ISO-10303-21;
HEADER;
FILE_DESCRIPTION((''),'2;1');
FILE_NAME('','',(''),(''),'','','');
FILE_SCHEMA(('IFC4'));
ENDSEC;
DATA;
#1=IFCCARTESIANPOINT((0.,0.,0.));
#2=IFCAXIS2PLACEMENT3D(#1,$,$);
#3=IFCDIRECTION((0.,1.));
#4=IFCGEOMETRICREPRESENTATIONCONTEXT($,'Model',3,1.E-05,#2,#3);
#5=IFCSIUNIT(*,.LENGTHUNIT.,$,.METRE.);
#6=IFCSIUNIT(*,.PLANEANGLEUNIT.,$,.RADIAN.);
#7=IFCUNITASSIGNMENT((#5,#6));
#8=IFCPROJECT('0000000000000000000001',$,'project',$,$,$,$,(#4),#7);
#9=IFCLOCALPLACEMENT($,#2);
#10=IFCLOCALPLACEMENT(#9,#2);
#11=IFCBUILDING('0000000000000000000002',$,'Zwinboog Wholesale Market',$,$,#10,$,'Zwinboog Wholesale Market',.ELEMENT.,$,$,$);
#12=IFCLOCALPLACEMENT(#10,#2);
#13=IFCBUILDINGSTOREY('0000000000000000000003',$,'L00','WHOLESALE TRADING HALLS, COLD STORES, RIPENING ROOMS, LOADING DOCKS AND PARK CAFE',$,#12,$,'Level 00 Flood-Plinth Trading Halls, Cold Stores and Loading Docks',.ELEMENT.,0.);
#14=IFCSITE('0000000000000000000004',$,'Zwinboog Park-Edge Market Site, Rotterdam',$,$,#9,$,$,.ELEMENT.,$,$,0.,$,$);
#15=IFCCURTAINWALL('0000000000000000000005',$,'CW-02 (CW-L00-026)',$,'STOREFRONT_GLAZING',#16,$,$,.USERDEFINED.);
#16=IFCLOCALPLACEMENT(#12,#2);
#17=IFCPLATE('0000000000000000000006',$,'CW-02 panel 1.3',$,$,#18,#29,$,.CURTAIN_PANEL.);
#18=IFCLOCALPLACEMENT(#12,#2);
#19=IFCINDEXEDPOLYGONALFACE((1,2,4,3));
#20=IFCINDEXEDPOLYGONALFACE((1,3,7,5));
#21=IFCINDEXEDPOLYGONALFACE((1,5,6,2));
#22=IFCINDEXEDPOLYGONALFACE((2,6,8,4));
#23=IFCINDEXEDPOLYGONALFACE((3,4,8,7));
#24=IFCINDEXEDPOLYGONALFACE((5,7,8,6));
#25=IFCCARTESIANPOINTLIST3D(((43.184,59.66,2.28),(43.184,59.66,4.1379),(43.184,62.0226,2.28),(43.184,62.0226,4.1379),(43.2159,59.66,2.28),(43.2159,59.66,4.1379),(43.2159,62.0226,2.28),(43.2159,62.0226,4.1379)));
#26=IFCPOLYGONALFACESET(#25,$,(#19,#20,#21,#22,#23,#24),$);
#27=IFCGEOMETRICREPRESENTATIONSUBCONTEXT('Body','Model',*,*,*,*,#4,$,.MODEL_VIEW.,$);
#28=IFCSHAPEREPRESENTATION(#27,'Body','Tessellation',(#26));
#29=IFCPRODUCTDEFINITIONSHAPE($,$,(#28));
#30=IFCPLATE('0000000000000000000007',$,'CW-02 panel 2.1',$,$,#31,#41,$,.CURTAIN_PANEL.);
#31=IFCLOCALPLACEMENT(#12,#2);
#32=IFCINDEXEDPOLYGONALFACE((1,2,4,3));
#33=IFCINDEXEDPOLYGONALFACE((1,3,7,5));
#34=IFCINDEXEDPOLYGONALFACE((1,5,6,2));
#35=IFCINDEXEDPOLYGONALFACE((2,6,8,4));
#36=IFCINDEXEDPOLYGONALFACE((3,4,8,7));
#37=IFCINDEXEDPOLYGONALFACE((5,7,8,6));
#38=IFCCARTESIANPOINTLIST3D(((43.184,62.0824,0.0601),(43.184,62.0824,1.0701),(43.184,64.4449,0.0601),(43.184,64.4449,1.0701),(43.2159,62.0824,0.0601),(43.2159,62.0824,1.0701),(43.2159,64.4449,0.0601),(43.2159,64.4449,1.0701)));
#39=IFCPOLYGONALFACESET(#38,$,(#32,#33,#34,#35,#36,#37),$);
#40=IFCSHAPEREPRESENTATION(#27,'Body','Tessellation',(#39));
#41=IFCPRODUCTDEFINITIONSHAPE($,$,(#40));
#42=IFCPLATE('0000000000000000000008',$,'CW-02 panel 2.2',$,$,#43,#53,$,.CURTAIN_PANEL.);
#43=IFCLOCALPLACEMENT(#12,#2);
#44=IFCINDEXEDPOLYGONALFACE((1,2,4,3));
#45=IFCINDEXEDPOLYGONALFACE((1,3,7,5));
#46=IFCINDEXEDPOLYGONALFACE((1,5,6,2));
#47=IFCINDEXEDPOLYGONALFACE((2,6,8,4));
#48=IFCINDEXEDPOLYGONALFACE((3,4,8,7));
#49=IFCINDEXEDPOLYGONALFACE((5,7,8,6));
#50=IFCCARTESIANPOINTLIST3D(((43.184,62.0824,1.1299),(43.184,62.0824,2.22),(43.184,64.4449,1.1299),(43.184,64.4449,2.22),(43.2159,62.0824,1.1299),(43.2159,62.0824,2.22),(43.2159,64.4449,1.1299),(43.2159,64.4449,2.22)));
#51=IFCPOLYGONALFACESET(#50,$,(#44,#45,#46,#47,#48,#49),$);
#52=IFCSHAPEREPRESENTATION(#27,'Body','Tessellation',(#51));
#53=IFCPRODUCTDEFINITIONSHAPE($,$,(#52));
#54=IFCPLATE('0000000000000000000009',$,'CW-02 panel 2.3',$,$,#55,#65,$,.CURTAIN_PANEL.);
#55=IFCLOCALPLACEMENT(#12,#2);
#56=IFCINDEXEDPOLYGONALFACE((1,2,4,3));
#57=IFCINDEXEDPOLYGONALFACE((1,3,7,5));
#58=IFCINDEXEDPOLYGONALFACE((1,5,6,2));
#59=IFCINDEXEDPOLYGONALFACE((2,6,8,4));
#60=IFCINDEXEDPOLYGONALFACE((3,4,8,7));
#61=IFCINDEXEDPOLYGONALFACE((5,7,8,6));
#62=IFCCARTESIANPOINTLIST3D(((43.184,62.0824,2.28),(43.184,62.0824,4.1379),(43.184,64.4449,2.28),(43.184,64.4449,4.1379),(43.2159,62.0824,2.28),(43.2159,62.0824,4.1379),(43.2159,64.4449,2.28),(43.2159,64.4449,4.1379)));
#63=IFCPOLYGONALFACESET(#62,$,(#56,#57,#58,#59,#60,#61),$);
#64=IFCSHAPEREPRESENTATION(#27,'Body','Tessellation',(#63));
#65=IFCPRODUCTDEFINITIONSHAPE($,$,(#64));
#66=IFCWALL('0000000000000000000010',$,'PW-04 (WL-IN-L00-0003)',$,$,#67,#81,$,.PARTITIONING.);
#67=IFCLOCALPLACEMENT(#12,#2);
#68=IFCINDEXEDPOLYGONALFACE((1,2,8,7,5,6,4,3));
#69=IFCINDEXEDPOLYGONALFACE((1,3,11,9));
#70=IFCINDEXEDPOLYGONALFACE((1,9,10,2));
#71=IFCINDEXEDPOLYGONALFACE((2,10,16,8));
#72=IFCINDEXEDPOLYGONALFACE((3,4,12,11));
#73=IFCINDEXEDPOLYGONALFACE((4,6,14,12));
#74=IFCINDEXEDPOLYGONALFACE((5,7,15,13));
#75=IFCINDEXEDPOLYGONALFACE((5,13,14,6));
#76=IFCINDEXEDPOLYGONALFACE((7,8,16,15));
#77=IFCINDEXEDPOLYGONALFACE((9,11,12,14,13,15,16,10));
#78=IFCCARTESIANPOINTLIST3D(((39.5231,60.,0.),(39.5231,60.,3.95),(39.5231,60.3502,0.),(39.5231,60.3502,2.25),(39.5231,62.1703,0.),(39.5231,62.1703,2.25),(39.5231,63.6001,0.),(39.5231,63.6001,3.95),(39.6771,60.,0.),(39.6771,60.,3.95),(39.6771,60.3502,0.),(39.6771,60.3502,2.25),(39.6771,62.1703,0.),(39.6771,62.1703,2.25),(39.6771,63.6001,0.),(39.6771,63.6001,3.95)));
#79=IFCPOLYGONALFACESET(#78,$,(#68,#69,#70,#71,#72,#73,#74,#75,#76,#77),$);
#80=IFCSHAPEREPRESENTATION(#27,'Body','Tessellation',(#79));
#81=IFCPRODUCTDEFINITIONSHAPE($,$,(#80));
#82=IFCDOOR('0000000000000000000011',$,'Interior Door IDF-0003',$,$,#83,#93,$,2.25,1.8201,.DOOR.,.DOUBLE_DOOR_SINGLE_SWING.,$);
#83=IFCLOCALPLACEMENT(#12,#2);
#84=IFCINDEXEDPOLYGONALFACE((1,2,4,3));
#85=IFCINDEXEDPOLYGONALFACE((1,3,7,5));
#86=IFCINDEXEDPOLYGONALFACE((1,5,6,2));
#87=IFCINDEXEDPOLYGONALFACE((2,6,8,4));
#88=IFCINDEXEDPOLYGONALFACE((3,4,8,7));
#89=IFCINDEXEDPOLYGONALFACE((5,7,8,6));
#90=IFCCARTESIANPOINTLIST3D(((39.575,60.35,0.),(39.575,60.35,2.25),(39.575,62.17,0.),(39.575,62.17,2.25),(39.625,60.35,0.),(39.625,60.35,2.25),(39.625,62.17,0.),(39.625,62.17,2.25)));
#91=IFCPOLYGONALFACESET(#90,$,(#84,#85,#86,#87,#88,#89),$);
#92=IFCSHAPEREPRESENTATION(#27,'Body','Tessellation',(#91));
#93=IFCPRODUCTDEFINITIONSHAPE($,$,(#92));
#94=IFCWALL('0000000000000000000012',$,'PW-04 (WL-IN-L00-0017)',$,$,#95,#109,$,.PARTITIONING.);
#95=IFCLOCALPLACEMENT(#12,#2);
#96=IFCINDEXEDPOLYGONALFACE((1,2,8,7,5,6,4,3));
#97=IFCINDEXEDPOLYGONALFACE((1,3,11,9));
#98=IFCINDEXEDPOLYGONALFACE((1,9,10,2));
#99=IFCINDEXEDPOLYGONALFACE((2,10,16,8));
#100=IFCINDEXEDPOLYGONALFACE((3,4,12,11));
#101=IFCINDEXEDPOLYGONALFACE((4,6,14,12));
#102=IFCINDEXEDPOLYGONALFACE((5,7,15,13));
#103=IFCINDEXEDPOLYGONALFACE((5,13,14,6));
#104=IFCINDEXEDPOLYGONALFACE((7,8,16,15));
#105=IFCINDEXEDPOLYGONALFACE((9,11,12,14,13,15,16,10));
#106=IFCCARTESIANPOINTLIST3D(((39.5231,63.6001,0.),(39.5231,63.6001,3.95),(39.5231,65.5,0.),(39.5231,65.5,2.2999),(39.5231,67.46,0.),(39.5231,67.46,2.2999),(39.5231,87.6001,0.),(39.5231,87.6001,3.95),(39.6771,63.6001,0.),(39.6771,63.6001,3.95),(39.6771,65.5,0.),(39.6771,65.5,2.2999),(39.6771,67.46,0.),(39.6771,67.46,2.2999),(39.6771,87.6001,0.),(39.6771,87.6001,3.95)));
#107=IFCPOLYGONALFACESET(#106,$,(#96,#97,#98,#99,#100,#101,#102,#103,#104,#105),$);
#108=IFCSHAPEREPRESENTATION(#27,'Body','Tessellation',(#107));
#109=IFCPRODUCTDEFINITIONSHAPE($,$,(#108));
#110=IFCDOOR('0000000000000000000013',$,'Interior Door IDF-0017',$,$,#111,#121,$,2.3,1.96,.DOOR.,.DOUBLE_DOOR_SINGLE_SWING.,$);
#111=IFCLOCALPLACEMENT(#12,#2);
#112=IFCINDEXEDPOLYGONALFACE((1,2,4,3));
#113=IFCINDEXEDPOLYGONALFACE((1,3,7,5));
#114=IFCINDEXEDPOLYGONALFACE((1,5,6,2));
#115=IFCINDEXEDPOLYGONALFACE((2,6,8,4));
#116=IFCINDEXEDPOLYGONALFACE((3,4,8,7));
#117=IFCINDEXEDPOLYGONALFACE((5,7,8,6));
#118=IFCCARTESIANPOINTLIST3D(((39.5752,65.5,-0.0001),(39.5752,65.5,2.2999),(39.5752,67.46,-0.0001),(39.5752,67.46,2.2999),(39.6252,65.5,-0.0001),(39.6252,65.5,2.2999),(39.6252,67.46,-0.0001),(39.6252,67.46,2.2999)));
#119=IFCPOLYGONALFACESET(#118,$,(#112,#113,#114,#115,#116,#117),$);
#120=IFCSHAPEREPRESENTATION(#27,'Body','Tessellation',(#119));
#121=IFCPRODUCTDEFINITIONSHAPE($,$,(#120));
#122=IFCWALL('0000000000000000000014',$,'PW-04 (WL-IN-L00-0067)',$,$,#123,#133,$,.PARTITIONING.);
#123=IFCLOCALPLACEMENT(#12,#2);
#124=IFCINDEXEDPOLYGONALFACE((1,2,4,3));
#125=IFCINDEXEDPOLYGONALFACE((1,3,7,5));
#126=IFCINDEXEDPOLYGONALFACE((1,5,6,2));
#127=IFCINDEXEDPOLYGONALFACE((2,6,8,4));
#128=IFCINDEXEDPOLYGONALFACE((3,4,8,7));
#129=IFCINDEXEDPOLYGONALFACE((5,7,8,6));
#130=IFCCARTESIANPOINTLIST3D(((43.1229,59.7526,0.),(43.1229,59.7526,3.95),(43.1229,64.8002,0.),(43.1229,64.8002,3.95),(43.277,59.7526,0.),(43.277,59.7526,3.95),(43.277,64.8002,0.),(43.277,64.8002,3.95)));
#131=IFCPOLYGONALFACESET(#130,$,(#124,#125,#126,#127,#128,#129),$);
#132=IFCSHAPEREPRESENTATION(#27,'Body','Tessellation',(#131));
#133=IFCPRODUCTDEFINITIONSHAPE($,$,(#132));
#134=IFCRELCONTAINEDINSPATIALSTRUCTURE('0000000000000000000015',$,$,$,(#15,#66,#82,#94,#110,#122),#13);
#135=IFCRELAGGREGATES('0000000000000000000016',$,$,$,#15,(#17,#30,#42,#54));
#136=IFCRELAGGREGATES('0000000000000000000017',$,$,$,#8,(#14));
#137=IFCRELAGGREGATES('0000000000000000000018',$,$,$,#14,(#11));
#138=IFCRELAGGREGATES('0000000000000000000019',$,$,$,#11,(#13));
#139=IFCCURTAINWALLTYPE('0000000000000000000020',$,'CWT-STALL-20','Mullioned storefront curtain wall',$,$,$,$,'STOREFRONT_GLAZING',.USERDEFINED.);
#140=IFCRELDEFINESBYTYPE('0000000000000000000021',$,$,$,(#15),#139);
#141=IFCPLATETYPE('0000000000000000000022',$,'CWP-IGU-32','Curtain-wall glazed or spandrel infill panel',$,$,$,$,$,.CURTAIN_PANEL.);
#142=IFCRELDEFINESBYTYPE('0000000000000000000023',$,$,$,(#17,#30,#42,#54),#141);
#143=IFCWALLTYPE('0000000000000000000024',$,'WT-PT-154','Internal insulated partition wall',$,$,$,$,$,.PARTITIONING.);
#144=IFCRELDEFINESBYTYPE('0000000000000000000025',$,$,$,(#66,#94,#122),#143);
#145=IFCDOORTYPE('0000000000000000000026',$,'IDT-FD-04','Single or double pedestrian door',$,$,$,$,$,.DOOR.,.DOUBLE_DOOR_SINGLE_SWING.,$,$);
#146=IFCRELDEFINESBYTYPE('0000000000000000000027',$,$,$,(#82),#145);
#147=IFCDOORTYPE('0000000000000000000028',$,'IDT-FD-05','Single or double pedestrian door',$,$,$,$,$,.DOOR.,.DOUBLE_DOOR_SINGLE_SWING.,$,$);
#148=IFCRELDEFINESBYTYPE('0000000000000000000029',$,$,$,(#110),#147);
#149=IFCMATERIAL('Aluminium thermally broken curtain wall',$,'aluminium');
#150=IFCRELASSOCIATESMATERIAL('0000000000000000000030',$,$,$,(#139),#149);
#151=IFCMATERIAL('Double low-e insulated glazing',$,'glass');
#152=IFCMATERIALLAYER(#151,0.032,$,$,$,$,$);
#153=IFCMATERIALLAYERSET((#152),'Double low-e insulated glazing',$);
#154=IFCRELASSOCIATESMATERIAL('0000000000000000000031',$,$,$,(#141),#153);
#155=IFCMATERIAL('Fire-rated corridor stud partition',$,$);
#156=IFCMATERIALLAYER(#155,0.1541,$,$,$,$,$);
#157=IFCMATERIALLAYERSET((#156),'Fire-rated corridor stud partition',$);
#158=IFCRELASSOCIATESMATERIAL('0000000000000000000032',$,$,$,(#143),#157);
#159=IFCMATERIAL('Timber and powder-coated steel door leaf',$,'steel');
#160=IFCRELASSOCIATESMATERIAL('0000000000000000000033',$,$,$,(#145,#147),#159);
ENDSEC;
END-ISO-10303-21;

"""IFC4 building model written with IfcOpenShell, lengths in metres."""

from ifc_helpers import new_model, si_unit, direction, frame, frame_2d, origin, origin_2d, place, context, subcontext, project, spatial, rectangle, extrude, material, layer, layer_set, type_object, element, fill, aggregate, save


model = new_model("IFC4")

# Units and contexts
model_context = context("Model", 3, precision=1e-05, world=origin(), true_north=direction((0.0, 1.0)))
body_context = subcontext(model_context, "Body", "Model", "MODEL_VIEW")
ifc_project = project(units=[si_unit("LENGTHUNIT", "METRE"), si_unit("PLANEANGLEUNIT", "RADIAN")], contexts=[model_context])

# Site, building, storey
site_placement = place(None, origin())
site = spatial("IfcSite", under=ifc_project, at=site_placement, Name="Zwinboog Park-Edge Market Site, Rotterdam", CompositionType="ELEMENT", RefElevation=0.0)
building_placement = place(site_placement, origin())
building = spatial("IfcBuilding", under=site, at=building_placement, Name="Zwinboog Wholesale Market", LongName="Zwinboog Wholesale Market", CompositionType="ELEMENT")
storey_placement = place(building_placement, origin())
storey = spatial("IfcBuildingStorey", under=building, at=storey_placement, Name="L00", Description="WHOLESALE TRADING HALLS, COLD STORES, RIPENING ROOMS, LOADING DOCKS AND PARK CAFE", LongName="Level 00 Flood-Plinth Trading Halls, Cold Stores and Loading Docks", CompositionType="ELEMENT", Elevation=0.0)

# Curtain wall, plates
ifc_material_1 = material(Name="Aluminium thermally broken curtain wall", Category="aluminium")
curtain_wall_type = type_object("IfcCurtainWallType", Name="CWT-STALL-20", Description="Mullioned storefront curtain wall", ElementType="STOREFRONT_GLAZING", PredefinedType="USERDEFINED", material=ifc_material_1)
curtain_wall_placement = place(storey_placement, origin())
curtain_wall = element("IfcCurtainWall", 1, at=curtain_wall_placement, inside=storey, type_object=curtain_wall_type, Name="CW-02 (CW-L00-026)", ObjectType="STOREFRONT_GLAZING", PredefinedType="USERDEFINED")
ifc_material_2 = material(Name="Double low-e insulated glazing", Category="glass")
ifc_layer_1 = layer(ifc_material_2, 0.032)
ifc_layer_set_1 = layer_set([ifc_layer_1], Name="Double low-e insulated glazing")
plate_type = type_object("IfcPlateType", Name="CWP-IGU-32", Description="Curtain-wall glazed or spandrel infill panel", PredefinedType="CURTAIN_PANEL", material=ifc_layer_set_1)
plate_1_placement = place(storey_placement, frame((43.2, 60.8413, 2.28), z_axis=(0.0, 0.0, 1.0), x_axis=(0.0, 1.0, 0.0)))
plate_1 = element("IfcPlate", 2, at=plate_1_placement, type_object=plate_type, Name="CW-02 panel 1.3", PredefinedType="CURTAIN_PANEL", context=body_context, shape_type="SweptSolid", body=[
    extrude(rectangle(XDim=2.3625, YDim=0.032, at=origin_2d()), origin(), (0.0, 0.0, 1.0), 1.8579),
])
plate_2_placement = place(storey_placement, frame((43.2, 63.2637, 0.0601), z_axis=(0.0, 0.0, 1.0), x_axis=(0.0, 1.0, 0.0)))
plate_2 = element("IfcPlate", 3, at=plate_2_placement, type_object=plate_type, Name="CW-02 panel 2.1", PredefinedType="CURTAIN_PANEL", context=body_context, shape_type="SweptSolid", body=[
    extrude(rectangle(XDim=2.3625, YDim=0.032, at=origin_2d()), origin(), (0.0, 0.0, 1.0), 1.01),
])
plate_3_placement = place(storey_placement, frame((43.2, 63.2637, 1.1299), z_axis=(0.0, 0.0, 1.0), x_axis=(0.0, 1.0, 0.0)))
plate_3 = element("IfcPlate", 4, at=plate_3_placement, type_object=plate_type, Name="CW-02 panel 2.2", PredefinedType="CURTAIN_PANEL", context=body_context, shape_type="SweptSolid", body=[
    extrude(rectangle(XDim=2.3625, YDim=0.032, at=origin_2d()), origin(), (0.0, 0.0, 1.0), 1.0901),
])
plate_4_placement = place(storey_placement, frame((43.2, 63.2637, 2.28), z_axis=(0.0, 0.0, 1.0), x_axis=(0.0, 1.0, 0.0)))
plate_4 = element("IfcPlate", 5, at=plate_4_placement, type_object=plate_type, Name="CW-02 panel 2.3", PredefinedType="CURTAIN_PANEL", context=body_context, shape_type="SweptSolid", body=[
    extrude(rectangle(XDim=2.3625, YDim=0.032, at=origin_2d()), origin(), (0.0, 0.0, 1.0), 1.8579),
])
aggregate(curtain_wall, [plate_1, plate_2, plate_3, plate_4])

# Walls, openings, doors
ifc_material_3 = material(Name="Fire-rated corridor stud partition")
ifc_layer_2 = layer(ifc_material_3, 0.1541)
ifc_layer_set_2 = layer_set([ifc_layer_2], Name="Fire-rated corridor stud partition")
wall_type = type_object("IfcWallType", Name="WT-PT-154", Description="Internal insulated partition wall", PredefinedType="PARTITIONING", material=ifc_layer_set_2)
wall_1_placement = place(storey_placement, frame((39.6001, 60.0, 0.0), z_axis=(0.0, 0.0, 1.0), x_axis=(0.0, 1.0, 0.0)))
wall_1 = element("IfcWall", 6, at=wall_1_placement, inside=storey, type_object=wall_type, Name="PW-04 (WL-IN-L00-0003)", PredefinedType="PARTITIONING", context=body_context, shape_type="SweptSolid", body=[
    extrude(rectangle(XDim=3.6001, YDim=0.1541, at=frame_2d((1.8, 0.0))), origin(), (0.0, 0.0, 1.0), 3.95),
])
opening_1_placement = place(wall_1_placement, frame((0.3501, 0.0, 0.0)))
opening_1 = element("IfcOpeningElement", 7, at=opening_1_placement, cuts=wall_1, PredefinedType="OPENING", context=body_context, shape_type="SweptSolid", body=[
    extrude(rectangle(XDim=1.8201, YDim=2.25, at=frame_2d((0.9102, 1.125))), frame((0.0, 0.0869, 0.0), z_axis=(0.0, -1.0, 0.0), x_axis=(1.0, 0.0, 0.0)), (0.0, 0.0, 1.0), 0.1741),
])
ifc_material_4 = material(Name="Timber and powder-coated steel door leaf", Category="steel")
door_type_1 = type_object("IfcDoorType", Name="IDT-FD-04", Description="Single or double pedestrian door", OperationType="DOUBLE_DOOR_SINGLE_SWING", PredefinedType="DOOR", material=ifc_material_4)
door_1_placement = place(opening_1_placement, frame((1.8201, 0.0, 0.0), z_axis=(0.0, 0.0, 1.0), x_axis=(-1.0, 0.0, 0.0)))
door_1 = element("IfcDoor", 8, at=door_1_placement, inside=storey, type_object=door_type_1, Name="Interior Door IDF-0003", OperationType="DOUBLE_DOOR_SINGLE_SWING", OverallHeight=2.25, OverallWidth=1.8201, PredefinedType="DOOR", context=body_context, shape_type="SweptSolid", body=[
    extrude(rectangle(XDim=1.8201, YDim=2.25, at=frame_2d((0.9102, 1.125))), frame((0.0, 0.0249, 0.0), z_axis=(0.0, -1.0, 0.0), x_axis=(1.0, 0.0, 0.0)), (0.0, 0.0, 1.0), 0.05),
])
fill(opening_1, door_1)
wall_2_placement = place(storey_placement, frame((39.6001, 63.6001, 0.0), z_axis=(0.0, 0.0, 1.0), x_axis=(0.0, 1.0, 0.0)))
wall_2 = element("IfcWall", 9, at=wall_2_placement, inside=storey, type_object=wall_type, Name="PW-04 (WL-IN-L00-0017)", PredefinedType="PARTITIONING", context=body_context, shape_type="SweptSolid", body=[
    extrude(rectangle(XDim=24.0, YDim=0.1541, at=frame_2d((12.0, 0.0))), origin(), (0.0, 0.0, 1.0), 3.95),
])
opening_2_placement = place(wall_2_placement, frame((1.8999, 0.0, 0.0)))
opening_2 = element("IfcOpeningElement", 10, at=opening_2_placement, cuts=wall_2, PredefinedType="OPENING", context=body_context, shape_type="SweptSolid", body=[
    extrude(rectangle(XDim=1.96, YDim=2.3, at=frame_2d((0.98, 1.1499))), frame((0.0, 0.0869, 0.0), z_axis=(0.0, -1.0, 0.0), x_axis=(1.0, 0.0, 0.0)), (0.0, 0.0, 1.0), 0.1741),
])
door_type_2 = type_object("IfcDoorType", Name="IDT-FD-05", Description="Single or double pedestrian door", OperationType="DOUBLE_DOOR_SINGLE_SWING", PredefinedType="DOOR", material=ifc_material_4)
door_2_placement = place(opening_2_placement, origin())
door_2 = element("IfcDoor", 11, at=door_2_placement, inside=storey, type_object=door_type_2, Name="Interior Door IDF-0017", OperationType="DOUBLE_DOOR_SINGLE_SWING", OverallHeight=2.3, OverallWidth=1.96, PredefinedType="DOOR", context=body_context, shape_type="SweptSolid", body=[
    extrude(rectangle(XDim=1.96, YDim=2.3, at=frame_2d((0.98, 1.1499))), frame((0.0, 0.0249, 0.0), z_axis=(0.0, -1.0, 0.0), x_axis=(1.0, 0.0, 0.0)), (0.0, 0.0, 1.0), 0.05),
])
fill(opening_2, door_2)

# Wall
wall_3_placement = place(storey_placement, frame((43.2, 59.7524, 0.0), z_axis=(0.0, 0.0, 1.0), x_axis=(0.0, 1.0, 0.0)))
element("IfcWall", 12, at=wall_3_placement, inside=storey, type_object=wall_type, Name="PW-04 (WL-IN-L00-0067)", PredefinedType="PARTITIONING", context=body_context, shape_type="SweptSolid", body=[
    extrude(rectangle(XDim=5.0476, YDim=0.1541, at=frame_2d((2.5239, 0.0))), origin(), (0.0, 0.0, 1.0), 3.95),
])

save(model, "model.ifc")
